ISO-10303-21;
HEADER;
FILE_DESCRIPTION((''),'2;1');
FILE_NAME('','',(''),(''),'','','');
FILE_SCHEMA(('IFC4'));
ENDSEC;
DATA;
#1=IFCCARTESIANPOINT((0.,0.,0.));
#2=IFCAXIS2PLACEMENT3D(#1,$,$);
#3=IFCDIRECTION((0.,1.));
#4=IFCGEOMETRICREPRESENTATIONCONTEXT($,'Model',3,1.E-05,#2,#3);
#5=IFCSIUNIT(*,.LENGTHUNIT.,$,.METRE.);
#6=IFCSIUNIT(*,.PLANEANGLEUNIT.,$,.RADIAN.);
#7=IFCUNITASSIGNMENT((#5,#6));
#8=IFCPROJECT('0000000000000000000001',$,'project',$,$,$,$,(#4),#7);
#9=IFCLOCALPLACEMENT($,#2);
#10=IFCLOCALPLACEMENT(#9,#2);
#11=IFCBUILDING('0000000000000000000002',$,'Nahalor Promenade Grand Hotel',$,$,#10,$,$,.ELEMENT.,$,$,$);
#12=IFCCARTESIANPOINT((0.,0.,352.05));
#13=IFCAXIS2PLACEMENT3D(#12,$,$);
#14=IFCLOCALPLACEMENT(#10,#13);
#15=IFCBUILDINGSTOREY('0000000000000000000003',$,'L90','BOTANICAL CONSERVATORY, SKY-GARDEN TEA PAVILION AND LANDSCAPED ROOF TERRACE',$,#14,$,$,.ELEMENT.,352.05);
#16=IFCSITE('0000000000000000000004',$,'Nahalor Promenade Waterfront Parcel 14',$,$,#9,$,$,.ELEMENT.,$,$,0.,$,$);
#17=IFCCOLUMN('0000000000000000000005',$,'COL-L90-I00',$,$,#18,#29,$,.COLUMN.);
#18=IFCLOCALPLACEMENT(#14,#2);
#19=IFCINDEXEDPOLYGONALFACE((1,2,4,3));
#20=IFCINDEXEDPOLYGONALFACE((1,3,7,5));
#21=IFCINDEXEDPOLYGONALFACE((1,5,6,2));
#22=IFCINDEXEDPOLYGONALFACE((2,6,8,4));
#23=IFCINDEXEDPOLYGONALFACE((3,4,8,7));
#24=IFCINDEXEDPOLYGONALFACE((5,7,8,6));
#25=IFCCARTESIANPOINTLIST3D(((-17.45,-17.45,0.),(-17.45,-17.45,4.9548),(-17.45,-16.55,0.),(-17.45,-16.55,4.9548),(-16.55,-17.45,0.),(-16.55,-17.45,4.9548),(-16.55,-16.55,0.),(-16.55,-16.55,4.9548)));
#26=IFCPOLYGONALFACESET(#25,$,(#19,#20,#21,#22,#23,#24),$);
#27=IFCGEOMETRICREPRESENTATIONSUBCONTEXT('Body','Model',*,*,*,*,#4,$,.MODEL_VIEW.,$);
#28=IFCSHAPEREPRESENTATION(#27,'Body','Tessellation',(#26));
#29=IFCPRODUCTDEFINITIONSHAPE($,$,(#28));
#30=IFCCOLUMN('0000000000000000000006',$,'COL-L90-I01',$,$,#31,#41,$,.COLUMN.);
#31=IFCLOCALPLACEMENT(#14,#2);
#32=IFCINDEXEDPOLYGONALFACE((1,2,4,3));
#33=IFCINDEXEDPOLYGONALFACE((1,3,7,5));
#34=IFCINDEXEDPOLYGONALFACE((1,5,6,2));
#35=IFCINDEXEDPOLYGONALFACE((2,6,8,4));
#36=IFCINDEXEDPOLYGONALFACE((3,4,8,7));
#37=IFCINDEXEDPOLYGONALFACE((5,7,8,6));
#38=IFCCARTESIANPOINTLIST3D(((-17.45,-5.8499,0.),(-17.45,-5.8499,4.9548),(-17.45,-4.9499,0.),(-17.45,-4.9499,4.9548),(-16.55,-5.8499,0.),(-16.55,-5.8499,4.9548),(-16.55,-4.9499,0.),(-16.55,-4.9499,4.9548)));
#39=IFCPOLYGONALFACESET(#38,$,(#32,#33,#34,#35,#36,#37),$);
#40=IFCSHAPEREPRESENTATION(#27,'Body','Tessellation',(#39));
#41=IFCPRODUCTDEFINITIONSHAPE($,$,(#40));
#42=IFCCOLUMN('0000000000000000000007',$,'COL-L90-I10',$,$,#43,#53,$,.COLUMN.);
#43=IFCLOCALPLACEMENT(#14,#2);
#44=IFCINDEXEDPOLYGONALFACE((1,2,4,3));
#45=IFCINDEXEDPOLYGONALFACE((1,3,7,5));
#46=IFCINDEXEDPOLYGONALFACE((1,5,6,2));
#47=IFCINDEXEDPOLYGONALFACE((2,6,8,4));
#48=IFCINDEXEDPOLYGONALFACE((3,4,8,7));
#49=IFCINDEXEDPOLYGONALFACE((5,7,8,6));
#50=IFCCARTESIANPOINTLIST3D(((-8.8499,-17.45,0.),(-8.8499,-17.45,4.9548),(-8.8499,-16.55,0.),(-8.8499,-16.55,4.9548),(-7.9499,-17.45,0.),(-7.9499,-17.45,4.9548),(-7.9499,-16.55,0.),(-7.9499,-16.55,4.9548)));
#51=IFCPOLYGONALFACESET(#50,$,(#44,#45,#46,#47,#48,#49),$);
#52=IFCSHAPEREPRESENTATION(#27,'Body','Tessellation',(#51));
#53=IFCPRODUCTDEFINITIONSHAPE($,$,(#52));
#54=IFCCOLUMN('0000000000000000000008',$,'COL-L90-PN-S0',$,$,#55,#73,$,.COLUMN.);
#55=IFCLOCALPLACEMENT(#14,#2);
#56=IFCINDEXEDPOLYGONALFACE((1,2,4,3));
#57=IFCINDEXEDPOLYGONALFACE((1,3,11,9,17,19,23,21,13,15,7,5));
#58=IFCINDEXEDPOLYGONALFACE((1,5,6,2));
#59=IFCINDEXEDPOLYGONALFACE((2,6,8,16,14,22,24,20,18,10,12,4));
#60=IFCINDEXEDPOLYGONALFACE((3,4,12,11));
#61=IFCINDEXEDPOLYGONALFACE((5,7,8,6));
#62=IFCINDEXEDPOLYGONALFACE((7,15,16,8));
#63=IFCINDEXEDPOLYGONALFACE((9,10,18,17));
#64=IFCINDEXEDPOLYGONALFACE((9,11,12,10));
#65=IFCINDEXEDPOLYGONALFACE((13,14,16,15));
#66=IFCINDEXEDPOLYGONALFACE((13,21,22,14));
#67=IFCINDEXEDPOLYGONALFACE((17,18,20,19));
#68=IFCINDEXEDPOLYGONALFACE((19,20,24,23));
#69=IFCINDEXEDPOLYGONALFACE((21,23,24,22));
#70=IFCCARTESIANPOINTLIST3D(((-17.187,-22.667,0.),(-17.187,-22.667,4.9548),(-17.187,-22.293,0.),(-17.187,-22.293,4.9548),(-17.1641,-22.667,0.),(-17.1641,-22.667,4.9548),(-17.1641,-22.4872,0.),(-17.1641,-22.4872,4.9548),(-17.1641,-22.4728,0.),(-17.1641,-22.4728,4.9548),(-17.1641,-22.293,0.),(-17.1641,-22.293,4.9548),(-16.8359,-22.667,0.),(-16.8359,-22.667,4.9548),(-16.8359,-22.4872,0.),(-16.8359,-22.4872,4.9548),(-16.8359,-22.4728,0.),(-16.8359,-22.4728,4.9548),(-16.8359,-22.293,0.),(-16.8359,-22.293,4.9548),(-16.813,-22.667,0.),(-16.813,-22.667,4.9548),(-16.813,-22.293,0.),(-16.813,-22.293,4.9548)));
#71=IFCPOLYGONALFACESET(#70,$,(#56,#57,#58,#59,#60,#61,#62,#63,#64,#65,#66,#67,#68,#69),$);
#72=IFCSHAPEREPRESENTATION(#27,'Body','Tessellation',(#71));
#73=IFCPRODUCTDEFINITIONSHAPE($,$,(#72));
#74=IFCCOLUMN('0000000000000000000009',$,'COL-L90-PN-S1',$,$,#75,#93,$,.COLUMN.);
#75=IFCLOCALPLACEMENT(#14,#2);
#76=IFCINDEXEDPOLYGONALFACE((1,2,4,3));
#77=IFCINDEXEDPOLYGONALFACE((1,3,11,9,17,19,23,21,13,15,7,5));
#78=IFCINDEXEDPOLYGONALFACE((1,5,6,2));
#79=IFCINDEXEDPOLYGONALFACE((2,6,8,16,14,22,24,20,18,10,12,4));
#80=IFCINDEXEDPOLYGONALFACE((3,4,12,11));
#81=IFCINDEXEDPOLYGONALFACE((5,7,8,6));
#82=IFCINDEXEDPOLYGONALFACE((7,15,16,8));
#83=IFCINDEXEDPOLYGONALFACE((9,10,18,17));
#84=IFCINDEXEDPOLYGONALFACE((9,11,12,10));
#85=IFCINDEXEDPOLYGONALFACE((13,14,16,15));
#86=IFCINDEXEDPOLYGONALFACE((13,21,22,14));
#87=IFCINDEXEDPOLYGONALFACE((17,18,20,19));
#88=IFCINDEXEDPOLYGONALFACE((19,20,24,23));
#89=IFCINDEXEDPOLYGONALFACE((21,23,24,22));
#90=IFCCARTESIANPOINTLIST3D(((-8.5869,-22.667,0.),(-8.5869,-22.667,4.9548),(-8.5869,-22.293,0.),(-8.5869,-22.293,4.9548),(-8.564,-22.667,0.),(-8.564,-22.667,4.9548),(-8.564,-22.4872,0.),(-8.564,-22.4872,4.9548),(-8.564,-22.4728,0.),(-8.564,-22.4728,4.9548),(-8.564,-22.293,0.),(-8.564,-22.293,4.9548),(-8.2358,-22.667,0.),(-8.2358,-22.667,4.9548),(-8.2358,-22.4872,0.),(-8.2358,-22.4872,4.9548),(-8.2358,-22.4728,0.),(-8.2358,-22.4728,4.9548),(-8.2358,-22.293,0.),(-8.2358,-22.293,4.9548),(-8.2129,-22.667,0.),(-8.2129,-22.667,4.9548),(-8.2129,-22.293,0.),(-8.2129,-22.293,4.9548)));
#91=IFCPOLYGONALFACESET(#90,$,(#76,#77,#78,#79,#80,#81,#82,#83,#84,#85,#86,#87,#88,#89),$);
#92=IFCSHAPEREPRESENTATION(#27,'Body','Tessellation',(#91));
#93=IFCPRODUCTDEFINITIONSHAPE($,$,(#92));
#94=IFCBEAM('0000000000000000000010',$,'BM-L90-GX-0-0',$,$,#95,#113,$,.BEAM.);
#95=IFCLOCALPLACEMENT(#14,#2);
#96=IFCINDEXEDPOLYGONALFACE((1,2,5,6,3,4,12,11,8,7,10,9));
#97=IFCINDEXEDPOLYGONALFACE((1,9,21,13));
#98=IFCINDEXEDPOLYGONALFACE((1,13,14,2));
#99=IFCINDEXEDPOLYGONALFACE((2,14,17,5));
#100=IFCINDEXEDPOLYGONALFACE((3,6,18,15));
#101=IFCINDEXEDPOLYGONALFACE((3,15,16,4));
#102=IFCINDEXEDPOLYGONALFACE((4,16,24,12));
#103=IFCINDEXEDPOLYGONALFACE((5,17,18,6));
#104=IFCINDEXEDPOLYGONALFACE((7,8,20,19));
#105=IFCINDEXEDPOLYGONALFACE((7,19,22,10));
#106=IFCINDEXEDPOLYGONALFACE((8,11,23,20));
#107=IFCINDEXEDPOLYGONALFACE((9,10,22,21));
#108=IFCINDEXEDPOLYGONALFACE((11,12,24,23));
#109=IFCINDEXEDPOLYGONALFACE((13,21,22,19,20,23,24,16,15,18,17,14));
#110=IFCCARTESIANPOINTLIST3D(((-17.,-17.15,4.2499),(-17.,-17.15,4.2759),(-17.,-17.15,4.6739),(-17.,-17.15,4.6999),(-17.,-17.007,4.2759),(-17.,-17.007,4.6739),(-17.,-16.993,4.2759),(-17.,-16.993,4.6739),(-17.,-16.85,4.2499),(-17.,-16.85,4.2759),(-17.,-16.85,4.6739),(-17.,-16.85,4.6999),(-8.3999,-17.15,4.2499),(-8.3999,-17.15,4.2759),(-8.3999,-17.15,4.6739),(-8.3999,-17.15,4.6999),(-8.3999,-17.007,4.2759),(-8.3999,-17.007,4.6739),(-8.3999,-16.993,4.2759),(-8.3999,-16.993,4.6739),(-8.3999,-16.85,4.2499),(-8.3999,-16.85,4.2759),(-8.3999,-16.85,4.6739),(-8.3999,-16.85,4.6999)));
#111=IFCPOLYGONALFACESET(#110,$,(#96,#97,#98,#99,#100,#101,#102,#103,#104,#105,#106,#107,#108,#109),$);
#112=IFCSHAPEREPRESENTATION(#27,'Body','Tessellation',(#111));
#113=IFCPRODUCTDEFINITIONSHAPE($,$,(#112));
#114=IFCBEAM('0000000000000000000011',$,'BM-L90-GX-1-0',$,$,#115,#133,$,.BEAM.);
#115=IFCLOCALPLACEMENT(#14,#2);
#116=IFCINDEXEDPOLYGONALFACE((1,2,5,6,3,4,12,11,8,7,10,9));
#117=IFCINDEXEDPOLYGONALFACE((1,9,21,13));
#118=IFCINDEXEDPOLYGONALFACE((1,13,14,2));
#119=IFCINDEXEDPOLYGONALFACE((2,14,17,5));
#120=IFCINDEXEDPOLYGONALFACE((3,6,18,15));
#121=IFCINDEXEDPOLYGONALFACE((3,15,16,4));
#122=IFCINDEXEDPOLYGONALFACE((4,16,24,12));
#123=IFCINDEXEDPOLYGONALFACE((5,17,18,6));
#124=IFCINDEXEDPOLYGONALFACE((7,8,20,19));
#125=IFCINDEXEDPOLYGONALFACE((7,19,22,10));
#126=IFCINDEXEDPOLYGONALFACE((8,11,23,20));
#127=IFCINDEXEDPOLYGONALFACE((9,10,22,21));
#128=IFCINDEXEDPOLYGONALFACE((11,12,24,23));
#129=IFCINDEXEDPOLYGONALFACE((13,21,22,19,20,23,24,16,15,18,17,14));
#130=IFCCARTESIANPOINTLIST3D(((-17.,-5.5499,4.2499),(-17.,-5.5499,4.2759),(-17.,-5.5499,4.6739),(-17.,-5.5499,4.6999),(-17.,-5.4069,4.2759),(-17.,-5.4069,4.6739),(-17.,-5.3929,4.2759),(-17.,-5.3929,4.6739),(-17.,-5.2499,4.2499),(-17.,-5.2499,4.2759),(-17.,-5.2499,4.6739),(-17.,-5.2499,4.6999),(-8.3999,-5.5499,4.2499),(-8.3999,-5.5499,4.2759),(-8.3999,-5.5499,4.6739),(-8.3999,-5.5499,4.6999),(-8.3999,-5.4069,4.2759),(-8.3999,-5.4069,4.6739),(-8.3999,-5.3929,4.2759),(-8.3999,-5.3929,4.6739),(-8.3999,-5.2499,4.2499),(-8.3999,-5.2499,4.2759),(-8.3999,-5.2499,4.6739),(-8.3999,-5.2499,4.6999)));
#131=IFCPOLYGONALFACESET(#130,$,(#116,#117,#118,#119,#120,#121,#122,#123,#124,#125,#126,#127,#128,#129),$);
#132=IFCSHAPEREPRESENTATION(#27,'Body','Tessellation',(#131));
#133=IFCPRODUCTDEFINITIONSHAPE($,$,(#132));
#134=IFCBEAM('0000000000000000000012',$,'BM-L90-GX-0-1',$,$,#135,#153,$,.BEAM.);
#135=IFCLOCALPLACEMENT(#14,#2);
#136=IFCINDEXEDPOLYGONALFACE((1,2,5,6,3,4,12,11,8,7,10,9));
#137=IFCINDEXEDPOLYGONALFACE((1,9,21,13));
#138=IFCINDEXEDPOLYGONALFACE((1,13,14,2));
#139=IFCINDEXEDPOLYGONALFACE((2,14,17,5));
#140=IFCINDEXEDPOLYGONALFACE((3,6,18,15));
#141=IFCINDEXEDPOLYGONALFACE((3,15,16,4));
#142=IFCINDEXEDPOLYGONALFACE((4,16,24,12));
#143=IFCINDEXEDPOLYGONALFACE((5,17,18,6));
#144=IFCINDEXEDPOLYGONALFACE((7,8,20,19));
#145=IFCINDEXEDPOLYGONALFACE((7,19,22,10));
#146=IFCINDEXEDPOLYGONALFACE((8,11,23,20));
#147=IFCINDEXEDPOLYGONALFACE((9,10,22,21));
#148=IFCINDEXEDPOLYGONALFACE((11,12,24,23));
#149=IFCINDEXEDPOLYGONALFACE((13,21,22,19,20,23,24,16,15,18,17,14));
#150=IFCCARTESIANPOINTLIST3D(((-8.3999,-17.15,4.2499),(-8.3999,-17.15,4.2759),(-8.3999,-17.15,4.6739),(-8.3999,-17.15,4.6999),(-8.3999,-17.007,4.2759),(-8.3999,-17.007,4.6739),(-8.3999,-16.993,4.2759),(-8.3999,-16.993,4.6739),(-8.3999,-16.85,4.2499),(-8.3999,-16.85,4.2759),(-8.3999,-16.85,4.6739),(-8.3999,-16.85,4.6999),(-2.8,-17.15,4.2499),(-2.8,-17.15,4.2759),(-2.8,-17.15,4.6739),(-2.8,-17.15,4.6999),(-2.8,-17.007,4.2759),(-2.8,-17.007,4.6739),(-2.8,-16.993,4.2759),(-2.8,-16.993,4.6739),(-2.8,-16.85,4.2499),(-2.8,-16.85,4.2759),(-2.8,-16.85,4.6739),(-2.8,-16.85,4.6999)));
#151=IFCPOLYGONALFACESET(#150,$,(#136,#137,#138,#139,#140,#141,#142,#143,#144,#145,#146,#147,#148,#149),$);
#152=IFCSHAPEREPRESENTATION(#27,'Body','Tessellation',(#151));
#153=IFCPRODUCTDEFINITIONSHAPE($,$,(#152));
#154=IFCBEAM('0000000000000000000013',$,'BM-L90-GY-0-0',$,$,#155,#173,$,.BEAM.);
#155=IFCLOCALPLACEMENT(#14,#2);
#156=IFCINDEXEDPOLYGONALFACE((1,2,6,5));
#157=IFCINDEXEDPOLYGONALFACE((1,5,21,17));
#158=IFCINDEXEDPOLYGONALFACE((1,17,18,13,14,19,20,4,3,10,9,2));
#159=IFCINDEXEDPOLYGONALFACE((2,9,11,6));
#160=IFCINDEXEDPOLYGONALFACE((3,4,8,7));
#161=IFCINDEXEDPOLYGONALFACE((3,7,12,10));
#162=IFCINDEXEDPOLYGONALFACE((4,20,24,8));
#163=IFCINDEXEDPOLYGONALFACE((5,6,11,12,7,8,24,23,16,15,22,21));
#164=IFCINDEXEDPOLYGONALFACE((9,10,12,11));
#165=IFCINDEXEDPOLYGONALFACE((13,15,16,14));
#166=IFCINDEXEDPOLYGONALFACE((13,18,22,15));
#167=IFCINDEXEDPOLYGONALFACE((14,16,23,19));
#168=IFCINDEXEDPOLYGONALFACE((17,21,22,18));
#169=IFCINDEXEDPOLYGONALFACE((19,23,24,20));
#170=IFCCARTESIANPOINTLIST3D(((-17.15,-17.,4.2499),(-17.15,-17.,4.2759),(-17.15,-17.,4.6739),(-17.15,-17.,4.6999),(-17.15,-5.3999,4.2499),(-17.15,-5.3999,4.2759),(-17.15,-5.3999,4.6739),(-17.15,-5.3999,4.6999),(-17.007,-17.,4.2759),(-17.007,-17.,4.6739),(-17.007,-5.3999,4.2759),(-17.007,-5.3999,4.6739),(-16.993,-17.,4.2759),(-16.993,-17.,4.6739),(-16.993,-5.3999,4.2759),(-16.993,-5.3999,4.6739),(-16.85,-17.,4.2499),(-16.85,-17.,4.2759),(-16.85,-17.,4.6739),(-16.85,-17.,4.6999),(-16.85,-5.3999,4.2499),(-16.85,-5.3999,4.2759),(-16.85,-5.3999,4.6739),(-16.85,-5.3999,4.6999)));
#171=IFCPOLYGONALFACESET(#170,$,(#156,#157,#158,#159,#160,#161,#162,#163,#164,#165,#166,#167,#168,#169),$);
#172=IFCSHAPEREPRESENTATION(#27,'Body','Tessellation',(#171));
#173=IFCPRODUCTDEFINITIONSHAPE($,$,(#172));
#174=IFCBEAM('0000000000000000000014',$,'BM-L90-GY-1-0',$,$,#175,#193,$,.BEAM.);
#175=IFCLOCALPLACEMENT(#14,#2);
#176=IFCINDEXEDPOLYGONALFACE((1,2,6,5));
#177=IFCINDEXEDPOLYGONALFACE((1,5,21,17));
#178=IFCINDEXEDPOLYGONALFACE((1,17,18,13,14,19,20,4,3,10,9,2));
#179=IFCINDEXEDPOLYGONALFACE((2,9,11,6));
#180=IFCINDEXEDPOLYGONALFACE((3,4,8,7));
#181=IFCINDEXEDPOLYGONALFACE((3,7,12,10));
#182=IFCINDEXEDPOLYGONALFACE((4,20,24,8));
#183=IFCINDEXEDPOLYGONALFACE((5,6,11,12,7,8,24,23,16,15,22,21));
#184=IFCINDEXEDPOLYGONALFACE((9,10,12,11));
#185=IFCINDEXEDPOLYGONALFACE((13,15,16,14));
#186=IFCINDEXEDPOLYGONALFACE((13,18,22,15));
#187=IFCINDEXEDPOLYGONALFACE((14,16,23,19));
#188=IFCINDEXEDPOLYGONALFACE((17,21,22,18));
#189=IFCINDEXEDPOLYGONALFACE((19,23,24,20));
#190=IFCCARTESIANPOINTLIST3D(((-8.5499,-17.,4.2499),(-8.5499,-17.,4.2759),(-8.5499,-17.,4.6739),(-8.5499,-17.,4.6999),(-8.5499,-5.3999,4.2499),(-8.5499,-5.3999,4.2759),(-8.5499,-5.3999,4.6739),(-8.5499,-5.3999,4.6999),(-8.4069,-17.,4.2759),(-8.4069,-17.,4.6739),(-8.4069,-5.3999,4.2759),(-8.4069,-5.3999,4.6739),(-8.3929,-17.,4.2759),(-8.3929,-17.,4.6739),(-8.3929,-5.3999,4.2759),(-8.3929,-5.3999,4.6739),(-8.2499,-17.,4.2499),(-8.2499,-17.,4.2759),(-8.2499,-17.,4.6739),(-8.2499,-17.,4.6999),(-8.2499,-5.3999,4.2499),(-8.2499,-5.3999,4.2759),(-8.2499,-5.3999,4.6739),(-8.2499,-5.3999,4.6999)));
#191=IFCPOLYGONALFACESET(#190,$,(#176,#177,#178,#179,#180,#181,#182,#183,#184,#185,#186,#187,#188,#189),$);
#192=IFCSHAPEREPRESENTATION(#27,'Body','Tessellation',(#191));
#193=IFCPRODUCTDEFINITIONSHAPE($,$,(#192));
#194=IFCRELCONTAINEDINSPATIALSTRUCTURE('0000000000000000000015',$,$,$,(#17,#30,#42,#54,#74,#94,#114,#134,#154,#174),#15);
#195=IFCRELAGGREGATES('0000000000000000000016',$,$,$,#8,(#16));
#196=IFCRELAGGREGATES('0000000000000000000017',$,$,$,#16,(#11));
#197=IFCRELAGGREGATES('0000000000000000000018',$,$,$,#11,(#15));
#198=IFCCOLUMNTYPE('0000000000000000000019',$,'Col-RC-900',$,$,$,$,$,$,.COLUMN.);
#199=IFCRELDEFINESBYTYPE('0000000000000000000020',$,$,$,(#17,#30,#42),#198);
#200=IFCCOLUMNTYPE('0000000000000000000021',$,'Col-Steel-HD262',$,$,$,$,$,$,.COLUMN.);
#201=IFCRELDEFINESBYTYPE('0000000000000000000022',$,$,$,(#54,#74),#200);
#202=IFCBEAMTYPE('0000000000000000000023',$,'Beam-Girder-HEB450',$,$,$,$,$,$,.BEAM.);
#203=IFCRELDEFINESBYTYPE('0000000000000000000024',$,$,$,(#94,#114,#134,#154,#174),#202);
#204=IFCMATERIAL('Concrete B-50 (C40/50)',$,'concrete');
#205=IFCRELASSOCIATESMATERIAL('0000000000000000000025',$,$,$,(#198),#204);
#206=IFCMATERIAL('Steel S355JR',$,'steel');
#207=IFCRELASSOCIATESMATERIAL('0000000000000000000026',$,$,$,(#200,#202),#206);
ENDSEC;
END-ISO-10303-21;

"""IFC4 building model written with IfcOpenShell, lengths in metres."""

from ifc_helpers import new_model, si_unit, direction, frame, origin, origin_2d, place, context, subcontext, project, spatial, rectangle, i_section, extrude, source, transform, mapped, material, material_profile, profile_set, type_object, element, save


model = new_model("IFC4")

# Units and contexts
model_context = context("Model", 3, precision=1e-05, world=origin(), true_north=direction((0.0, 1.0)))
body_context = subcontext(model_context, "Body", "Model", "MODEL_VIEW")
ifc_project = project(units=[si_unit("LENGTHUNIT", "METRE"), si_unit("PLANEANGLEUNIT", "RADIAN")], contexts=[model_context])

# Site, building, storey
site_placement = place(None, origin())
site = spatial("IfcSite", under=ifc_project, at=site_placement, Name="Nahalor Promenade Waterfront Parcel 14", CompositionType="ELEMENT", RefElevation=0.0)
building_placement = place(site_placement, origin())
building = spatial("IfcBuilding", under=site, at=building_placement, Name="Nahalor Promenade Grand Hotel", CompositionType="ELEMENT")
storey_placement = place(building_placement, frame((0.0, 0.0, 352.05)))
storey = spatial("IfcBuildingStorey", under=building, at=storey_placement, Name="L90", Description="BOTANICAL CONSERVATORY, SKY-GARDEN TEA PAVILION AND LANDSCAPED ROOF TERRACE", CompositionType="ELEMENT", Elevation=352.05)

# Columns
ifc_material_1 = material(Name="Concrete B-50 (C40/50)", Category="concrete")
ifc_material_profile_1 = material_profile(ifc_material_1, rectangle(XDim=0.9, YDim=0.9, at=origin_2d()), Name="RC 900x900")
ifc_profile_set_1 = profile_set([ifc_material_profile_1], Name="Concrete B-50 (C40/50)")
column_type_1 = type_object("IfcColumnType", Name="Col-RC-900", PredefinedType="COLUMN", material=ifc_profile_set_1)
shared_shape_1 = source(origin(), body_context, "Body", "SweptSolid", [
    extrude(rectangle(XDim=0.9, YDim=0.9, at=origin_2d()), origin(), (0.0, 0.0, 1.0), 4.9548),
])
for number, where, z_axis, x_axis, name in (
    (1, (-17.0, -17.0, 0.0), (0.0, 0.0, 1.0), (1.0, 0.0, 0.0), "COL-L90-I00"),
    (2, (-17.0, -5.3999, 0.0), (0.0, 0.0, 1.0), (1.0, 0.0, 0.0), "COL-L90-I01"),
    (3, (-8.3999, -17.0, 0.0), (0.0, 0.0, 1.0), (1.0, 0.0, 0.0), "COL-L90-I10"),
):
    element("IfcColumn", number, at=place(storey_placement, frame(where, z_axis=z_axis, x_axis=x_axis)), inside=storey, type_object=column_type_1, Name=name, PredefinedType="COLUMN", context=body_context, shape_type="MappedRepresentation", body=[
        mapped(shared_shape_1, transform((0.0, 0.0, 0.0), scale=1.0)),
    ])
ifc_material_2 = material(Name="Steel S355JR", Category="steel")
ifc_material_profile_2 = material_profile(ifc_material_2, i_section(OverallWidth=0.374, OverallDepth=0.374, WebThickness=0.0144, FlangeThickness=0.0229, at=origin_2d()), Name="HD 360x262")
ifc_profile_set_2 = profile_set([ifc_material_profile_2], Name="Steel S355JR")
column_type_2 = type_object("IfcColumnType", Name="Col-Steel-HD262", PredefinedType="COLUMN", material=ifc_profile_set_2)
shared_shape_2 = source(origin(), body_context, "Body", "SweptSolid", [
    extrude(i_section(OverallWidth=0.374, OverallDepth=0.374, WebThickness=0.0144, FlangeThickness=0.0229, at=origin_2d()), origin(), (0.0, 0.0, 1.0), 4.9548),
])
for number, where, z_axis, x_axis, name in (
    (4, (-17.0, -22.48, 0.0), (0.0, 0.0, 1.0), (0.0, 1.0, 0.0), "COL-L90-PN-S0"),
    (5, (-8.3999, -22.48, 0.0), (0.0, 0.0, 1.0), (0.0, 1.0, 0.0), "COL-L90-PN-S1"),
):
    element("IfcColumn", number, at=place(storey_placement, frame(where, z_axis=z_axis, x_axis=x_axis)), inside=storey, type_object=column_type_2, Name=name, PredefinedType="COLUMN", context=body_context, shape_type="MappedRepresentation", body=[
        mapped(shared_shape_2, transform((0.0, 0.0, 0.0), scale=1.0)),
    ])

# Beams
ifc_material_profile_3 = material_profile(ifc_material_2, i_section(OverallWidth=0.3, OverallDepth=0.45, WebThickness=0.014, FlangeThickness=0.026, at=origin_2d()), Name="HEB 450")
ifc_profile_set_3 = profile_set([ifc_material_profile_3], Name="Steel S355JR")
beam_type_1 = type_object("IfcBeamType", Name="Beam-Girder-HEB450", PredefinedType="BEAM", material=ifc_profile_set_3)
shared_shape_3 = source(origin(), body_context, "Body", "SweptSolid", [
    extrude(i_section(OverallWidth=0.3, OverallDepth=0.45, WebThickness=0.014, FlangeThickness=0.026, at=origin_2d()), origin(), (0.0, 0.0, 1.0), 8.6001),
])
for number, where, z_axis, x_axis, name in (
    (6, (-17.0, -17.0, 4.4749), (1.0, 0.0, 0.0), (0.0, 1.0, 0.0), "BM-L90-GX-0-0"),
    (7, (-17.0, -5.3999, 4.4749), (1.0, 0.0, 0.0), (0.0, 1.0, 0.0), "BM-L90-GX-1-0"),
):
    element("IfcBeam", number, at=place(storey_placement, frame(where, z_axis=z_axis, x_axis=x_axis)), inside=storey, type_object=beam_type_1, Name=name, PredefinedType="BEAM", context=body_context, shape_type="MappedRepresentation", body=[
        mapped(shared_shape_3, transform((0.0, 0.0, 0.0), scale=1.0)),
    ])
shared_shape_4 = source(origin(), body_context, "Body", "SweptSolid", [
    extrude(i_section(OverallWidth=0.3, OverallDepth=0.45, WebThickness=0.014, FlangeThickness=0.026, at=origin_2d()), origin(), (0.0, 0.0, 1.0), 5.5999),
])
beam_1_placement = place(storey_placement, frame((-8.3999, -17.0, 4.4749), z_axis=(1.0, 0.0, 0.0), x_axis=(0.0, 1.0, 0.0)))
element("IfcBeam", 8, at=beam_1_placement, inside=storey, type_object=beam_type_1, Name="BM-L90-GX-0-1", PredefinedType="BEAM", context=body_context, shape_type="MappedRepresentation", body=[
    mapped(shared_shape_4, transform((0.0, 0.0, 0.0), scale=1.0)),
])
shared_shape_5 = source(origin(), body_context, "Body", "SweptSolid", [
    extrude(i_section(OverallWidth=0.3, OverallDepth=0.45, WebThickness=0.014, FlangeThickness=0.026, at=origin_2d()), origin(), (0.0, 0.0, 1.0), 11.6001),
])
for number, where, z_axis, x_axis, name in (
    (9, (-17.0, -17.0, 4.4749), (0.0, 1.0, 0.0), (-1.0, 0.0, 0.0), "BM-L90-GY-0-0"),
    (10, (-8.3999, -17.0, 4.4749), (0.0, 1.0, 0.0), (-1.0, 0.0, 0.0), "BM-L90-GY-1-0"),
):
    element("IfcBeam", number, at=place(storey_placement, frame(where, z_axis=z_axis, x_axis=x_axis)), inside=storey, type_object=beam_type_1, Name=name, PredefinedType="BEAM", context=body_context, shape_type="MappedRepresentation", body=[
        mapped(shared_shape_5, transform((0.0, 0.0, 0.0), scale=1.0)),
    ])

save(model, "model.ifc")
